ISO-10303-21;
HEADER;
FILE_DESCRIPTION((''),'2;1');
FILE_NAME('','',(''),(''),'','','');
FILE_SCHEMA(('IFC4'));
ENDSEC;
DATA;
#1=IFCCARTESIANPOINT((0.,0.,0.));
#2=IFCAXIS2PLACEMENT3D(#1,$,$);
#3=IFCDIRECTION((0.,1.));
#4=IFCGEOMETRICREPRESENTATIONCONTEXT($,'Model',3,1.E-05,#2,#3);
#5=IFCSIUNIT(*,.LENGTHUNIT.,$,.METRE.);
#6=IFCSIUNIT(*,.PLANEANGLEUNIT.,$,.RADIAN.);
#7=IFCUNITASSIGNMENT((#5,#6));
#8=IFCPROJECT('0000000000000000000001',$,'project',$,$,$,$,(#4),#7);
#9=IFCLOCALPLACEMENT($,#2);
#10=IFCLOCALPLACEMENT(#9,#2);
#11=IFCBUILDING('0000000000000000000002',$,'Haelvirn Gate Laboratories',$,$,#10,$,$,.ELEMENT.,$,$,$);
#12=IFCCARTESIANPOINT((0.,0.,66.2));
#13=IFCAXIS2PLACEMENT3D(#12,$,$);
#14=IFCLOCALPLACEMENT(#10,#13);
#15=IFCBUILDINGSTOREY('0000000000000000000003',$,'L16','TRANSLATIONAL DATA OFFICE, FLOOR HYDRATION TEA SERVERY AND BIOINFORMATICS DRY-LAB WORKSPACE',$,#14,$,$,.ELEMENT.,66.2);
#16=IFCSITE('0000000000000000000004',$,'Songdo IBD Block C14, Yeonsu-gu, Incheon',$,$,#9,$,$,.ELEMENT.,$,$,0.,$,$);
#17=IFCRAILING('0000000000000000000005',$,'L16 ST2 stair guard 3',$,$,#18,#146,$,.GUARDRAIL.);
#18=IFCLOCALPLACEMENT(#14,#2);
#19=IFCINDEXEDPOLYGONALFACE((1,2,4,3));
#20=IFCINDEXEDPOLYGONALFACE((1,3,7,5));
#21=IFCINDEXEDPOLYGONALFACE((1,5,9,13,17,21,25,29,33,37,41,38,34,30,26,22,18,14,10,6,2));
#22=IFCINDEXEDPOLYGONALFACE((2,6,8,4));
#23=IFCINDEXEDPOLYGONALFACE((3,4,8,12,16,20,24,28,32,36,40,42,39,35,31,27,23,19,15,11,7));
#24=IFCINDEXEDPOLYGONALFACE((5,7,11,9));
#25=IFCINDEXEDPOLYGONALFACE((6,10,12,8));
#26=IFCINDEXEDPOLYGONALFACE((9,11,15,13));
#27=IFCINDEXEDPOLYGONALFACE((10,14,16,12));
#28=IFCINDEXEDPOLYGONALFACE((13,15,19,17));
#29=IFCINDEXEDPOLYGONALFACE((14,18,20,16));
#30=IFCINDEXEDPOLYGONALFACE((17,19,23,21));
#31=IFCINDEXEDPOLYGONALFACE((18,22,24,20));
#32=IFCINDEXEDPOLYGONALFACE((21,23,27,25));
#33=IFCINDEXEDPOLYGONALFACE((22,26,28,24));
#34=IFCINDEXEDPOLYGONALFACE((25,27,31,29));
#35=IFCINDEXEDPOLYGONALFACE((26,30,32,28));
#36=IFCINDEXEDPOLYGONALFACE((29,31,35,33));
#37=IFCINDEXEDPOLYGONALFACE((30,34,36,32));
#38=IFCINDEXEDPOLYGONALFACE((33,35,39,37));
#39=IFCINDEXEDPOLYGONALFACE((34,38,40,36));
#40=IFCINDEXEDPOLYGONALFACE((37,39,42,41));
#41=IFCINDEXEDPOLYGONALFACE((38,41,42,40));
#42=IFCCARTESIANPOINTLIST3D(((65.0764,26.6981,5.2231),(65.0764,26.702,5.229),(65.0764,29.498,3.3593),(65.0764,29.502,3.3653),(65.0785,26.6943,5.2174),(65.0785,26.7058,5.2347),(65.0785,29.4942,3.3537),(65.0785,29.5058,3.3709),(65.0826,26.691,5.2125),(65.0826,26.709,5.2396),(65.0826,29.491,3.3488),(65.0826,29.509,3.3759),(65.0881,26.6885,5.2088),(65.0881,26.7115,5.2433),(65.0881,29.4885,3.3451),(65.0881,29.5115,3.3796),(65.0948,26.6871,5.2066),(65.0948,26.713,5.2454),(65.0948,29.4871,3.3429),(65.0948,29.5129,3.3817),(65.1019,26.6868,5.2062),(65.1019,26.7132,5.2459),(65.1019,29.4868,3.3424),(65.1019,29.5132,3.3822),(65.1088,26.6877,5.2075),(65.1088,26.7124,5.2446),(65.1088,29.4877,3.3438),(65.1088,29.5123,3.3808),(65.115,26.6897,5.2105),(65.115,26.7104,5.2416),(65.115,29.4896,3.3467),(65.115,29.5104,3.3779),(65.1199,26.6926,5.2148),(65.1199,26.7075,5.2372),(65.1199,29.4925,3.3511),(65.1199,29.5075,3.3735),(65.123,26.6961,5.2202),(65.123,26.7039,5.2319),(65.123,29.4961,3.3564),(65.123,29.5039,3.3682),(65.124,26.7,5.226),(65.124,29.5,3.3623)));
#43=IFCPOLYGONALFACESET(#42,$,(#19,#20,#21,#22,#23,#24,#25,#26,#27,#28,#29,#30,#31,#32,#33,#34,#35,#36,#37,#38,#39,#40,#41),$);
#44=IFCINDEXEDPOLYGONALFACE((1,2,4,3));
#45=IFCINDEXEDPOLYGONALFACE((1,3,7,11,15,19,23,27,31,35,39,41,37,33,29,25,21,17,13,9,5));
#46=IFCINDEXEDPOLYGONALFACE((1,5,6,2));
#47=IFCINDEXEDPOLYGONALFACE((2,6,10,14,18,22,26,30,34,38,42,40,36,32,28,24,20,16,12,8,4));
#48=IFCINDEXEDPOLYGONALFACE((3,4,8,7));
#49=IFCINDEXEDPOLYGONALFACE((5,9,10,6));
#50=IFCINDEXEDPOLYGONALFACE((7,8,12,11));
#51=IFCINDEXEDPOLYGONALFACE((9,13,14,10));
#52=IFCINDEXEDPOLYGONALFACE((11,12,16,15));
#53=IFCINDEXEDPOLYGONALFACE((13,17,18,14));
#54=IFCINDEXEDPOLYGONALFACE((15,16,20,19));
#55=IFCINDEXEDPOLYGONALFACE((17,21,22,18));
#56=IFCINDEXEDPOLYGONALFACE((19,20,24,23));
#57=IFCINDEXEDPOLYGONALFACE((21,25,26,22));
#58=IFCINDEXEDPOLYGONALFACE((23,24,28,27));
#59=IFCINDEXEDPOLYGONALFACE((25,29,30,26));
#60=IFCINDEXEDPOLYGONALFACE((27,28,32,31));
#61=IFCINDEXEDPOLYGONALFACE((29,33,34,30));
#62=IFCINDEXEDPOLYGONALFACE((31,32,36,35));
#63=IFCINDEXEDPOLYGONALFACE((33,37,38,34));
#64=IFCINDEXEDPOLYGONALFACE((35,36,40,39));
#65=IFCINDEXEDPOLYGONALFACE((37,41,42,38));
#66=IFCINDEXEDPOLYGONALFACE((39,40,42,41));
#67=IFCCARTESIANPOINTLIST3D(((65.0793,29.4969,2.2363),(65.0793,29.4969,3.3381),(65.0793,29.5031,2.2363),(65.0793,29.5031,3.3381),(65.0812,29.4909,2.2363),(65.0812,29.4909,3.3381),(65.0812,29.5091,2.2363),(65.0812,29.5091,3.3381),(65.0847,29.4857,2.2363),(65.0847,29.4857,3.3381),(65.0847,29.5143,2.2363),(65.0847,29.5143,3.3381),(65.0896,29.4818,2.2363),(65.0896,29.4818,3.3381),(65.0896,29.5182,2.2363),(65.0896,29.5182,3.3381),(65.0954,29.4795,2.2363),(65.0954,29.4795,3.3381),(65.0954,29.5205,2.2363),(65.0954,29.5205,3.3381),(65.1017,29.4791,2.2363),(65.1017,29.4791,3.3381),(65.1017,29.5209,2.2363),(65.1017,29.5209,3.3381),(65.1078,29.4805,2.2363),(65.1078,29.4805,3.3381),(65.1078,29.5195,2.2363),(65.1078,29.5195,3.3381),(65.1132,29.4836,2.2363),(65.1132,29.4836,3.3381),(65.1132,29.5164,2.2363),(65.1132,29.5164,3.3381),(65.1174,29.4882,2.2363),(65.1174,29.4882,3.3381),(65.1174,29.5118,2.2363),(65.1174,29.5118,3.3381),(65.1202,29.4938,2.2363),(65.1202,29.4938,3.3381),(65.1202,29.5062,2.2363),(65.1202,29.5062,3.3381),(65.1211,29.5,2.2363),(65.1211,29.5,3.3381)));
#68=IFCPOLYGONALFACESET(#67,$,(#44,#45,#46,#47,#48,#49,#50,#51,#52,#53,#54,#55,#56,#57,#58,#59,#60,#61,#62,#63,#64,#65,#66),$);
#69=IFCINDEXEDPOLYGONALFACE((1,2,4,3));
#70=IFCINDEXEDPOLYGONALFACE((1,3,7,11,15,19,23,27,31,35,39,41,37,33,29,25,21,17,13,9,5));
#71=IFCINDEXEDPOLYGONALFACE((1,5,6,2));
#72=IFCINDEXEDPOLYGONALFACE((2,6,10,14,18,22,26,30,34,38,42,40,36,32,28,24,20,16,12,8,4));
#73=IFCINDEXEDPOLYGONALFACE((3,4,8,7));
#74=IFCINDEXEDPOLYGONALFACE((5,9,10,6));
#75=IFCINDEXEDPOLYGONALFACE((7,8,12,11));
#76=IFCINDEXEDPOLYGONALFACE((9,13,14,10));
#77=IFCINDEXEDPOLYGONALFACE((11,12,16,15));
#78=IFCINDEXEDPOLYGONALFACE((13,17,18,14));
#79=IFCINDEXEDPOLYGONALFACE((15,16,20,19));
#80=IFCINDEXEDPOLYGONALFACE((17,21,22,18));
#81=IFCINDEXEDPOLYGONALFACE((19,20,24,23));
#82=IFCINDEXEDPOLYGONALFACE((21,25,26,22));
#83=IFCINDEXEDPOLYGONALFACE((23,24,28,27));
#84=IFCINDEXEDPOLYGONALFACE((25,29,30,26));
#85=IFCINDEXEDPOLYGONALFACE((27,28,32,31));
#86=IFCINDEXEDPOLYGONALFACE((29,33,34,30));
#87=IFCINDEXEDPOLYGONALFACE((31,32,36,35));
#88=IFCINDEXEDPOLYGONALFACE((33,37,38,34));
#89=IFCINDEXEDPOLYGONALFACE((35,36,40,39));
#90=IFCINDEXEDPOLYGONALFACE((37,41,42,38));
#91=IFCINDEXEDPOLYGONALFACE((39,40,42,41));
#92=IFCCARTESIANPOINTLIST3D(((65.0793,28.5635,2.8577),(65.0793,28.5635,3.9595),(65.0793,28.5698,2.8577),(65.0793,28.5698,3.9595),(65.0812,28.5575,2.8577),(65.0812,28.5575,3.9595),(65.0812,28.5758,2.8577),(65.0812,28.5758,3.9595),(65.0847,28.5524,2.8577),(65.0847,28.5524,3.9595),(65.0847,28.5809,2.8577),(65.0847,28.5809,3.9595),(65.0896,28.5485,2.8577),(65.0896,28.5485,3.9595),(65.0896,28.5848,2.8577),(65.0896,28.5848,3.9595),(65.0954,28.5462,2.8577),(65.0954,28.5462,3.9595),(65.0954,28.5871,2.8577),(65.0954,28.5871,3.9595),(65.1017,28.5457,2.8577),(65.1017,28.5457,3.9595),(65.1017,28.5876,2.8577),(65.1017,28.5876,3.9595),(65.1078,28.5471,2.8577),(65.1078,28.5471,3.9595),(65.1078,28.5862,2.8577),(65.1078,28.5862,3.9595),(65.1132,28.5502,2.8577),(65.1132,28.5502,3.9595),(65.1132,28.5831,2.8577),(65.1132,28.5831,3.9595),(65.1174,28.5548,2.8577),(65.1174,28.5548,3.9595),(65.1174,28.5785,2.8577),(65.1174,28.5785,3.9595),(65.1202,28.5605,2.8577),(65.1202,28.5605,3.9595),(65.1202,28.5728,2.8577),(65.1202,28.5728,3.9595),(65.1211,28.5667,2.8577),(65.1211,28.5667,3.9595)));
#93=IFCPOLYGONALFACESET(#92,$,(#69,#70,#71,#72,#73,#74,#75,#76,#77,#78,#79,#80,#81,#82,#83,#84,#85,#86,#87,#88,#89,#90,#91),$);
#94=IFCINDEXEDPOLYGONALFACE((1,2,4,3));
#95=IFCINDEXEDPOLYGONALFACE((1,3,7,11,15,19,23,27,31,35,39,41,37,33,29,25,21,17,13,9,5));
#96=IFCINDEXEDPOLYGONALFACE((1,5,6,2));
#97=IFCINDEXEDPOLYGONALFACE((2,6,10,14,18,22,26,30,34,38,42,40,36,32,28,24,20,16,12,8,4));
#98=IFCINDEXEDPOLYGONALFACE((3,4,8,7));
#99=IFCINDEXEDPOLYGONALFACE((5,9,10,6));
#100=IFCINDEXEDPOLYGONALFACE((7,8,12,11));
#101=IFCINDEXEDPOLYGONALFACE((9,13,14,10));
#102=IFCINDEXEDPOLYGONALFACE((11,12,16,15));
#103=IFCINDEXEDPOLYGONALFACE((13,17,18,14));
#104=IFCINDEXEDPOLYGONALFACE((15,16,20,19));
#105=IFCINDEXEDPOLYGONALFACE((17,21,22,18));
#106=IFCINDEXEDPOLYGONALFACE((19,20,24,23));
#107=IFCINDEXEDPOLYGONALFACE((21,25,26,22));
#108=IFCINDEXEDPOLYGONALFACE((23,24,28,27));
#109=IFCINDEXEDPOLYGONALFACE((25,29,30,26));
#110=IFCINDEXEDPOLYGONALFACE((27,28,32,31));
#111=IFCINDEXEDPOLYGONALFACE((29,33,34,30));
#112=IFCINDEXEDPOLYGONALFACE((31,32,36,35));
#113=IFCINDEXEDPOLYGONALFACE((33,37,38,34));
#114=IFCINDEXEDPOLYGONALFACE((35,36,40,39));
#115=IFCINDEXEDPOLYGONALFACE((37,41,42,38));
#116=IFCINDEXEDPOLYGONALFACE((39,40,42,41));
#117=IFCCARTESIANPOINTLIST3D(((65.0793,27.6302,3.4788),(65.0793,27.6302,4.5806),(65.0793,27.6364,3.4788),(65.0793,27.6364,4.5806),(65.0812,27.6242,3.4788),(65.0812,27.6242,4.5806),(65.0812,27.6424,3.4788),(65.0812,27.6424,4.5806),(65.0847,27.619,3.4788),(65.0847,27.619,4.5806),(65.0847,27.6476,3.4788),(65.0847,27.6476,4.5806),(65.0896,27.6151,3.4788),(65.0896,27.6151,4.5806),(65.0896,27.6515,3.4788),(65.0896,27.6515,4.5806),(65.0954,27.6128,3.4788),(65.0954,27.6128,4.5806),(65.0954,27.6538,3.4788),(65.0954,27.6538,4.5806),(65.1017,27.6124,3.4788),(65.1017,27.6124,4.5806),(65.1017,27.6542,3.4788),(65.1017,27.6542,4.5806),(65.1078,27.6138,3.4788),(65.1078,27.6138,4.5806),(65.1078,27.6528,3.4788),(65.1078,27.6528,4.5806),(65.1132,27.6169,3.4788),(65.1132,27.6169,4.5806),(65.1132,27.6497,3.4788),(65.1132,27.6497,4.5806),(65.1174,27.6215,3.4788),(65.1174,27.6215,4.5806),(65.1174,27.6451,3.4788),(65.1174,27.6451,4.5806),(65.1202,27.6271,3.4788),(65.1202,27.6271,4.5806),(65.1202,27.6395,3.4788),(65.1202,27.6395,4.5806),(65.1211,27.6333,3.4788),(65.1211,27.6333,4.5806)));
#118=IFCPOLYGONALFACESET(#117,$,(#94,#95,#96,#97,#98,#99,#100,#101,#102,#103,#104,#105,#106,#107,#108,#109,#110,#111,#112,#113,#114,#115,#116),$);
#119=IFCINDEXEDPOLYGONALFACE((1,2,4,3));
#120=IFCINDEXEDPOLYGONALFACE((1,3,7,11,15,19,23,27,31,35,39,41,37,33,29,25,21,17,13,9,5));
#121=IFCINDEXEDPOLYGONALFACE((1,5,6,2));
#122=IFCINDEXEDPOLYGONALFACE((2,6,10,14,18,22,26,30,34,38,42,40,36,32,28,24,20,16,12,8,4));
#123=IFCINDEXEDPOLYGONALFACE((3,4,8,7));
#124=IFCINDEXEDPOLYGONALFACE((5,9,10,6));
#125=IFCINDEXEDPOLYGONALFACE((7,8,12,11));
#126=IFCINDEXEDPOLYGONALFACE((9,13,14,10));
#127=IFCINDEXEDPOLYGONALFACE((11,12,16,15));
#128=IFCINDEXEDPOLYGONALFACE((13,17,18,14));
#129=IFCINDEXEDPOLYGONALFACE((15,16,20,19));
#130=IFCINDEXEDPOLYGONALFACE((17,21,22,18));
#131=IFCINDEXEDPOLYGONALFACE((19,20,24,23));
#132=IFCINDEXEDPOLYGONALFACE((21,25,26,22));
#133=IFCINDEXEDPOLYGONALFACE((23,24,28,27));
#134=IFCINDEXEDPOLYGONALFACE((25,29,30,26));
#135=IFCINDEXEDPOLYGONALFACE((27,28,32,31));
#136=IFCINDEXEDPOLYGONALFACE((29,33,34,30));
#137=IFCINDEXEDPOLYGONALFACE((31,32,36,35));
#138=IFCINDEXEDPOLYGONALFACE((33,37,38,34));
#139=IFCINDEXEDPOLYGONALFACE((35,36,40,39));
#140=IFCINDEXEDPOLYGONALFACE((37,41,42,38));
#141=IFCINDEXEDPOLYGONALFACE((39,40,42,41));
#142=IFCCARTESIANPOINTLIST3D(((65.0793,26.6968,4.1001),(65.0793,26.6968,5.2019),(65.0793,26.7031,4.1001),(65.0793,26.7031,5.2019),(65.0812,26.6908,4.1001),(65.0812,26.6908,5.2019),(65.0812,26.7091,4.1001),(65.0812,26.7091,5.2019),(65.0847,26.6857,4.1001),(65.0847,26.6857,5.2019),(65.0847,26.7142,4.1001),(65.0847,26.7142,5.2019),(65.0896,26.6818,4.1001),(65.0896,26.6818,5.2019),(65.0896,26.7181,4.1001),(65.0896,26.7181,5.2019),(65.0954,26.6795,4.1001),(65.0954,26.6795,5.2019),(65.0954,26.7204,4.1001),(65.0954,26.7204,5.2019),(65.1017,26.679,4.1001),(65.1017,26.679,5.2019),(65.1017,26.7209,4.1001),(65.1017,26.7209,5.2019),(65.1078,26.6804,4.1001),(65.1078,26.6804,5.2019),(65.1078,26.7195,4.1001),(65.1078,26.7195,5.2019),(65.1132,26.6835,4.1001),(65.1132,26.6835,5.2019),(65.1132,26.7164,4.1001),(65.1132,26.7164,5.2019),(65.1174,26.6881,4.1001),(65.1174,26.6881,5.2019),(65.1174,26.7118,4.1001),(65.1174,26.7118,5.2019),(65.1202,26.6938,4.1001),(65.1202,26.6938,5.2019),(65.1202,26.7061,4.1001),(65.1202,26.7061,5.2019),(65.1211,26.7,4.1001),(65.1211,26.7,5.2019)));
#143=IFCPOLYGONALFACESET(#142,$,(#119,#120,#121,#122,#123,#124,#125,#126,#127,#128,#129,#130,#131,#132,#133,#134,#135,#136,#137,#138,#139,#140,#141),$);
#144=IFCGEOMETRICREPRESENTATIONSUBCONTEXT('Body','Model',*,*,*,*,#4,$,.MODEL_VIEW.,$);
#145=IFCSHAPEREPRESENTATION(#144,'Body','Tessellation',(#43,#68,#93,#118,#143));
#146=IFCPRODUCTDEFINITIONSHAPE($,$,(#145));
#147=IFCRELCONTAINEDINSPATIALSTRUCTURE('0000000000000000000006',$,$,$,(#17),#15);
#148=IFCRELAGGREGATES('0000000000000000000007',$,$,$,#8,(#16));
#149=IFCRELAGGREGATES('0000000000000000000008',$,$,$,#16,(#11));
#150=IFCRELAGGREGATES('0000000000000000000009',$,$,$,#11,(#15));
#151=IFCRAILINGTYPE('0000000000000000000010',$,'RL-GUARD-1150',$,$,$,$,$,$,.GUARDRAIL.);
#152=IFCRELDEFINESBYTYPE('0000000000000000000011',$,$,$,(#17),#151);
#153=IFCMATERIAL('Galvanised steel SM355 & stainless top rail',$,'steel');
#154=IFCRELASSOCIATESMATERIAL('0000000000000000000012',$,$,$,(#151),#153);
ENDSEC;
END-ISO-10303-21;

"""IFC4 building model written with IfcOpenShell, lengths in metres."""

from ifc_helpers import new_model, si_unit, direction, frame, origin, origin_2d, place, context, subcontext, project, spatial, circle, extrude, source, transform, mapped, material, type_object, element, save


model = new_model("IFC4")

# Units and contexts
model_context = context("Model", 3, precision=1e-05, world=origin(), true_north=direction((0.0, 1.0)))
body_context = subcontext(model_context, "Body", "Model", "MODEL_VIEW")
ifc_project = project(units=[si_unit("LENGTHUNIT", "METRE"), si_unit("PLANEANGLEUNIT", "RADIAN")], contexts=[model_context])

# Site, building, storey
site_placement = place(None, origin())
site = spatial("IfcSite", under=ifc_project, at=site_placement, Name="Songdo IBD Block C14, Yeonsu-gu, Incheon", CompositionType="ELEMENT", RefElevation=0.0)
building_placement = place(site_placement, origin())
building = spatial("IfcBuilding", under=site, at=building_placement, Name="Haelvirn Gate Laboratories", CompositionType="ELEMENT")
storey_placement = place(building_placement, frame((0.0, 0.0, 66.2)))
storey = spatial("IfcBuildingStorey", under=building, at=storey_placement, Name="L16", Description="TRANSLATIONAL DATA OFFICE, FLOOR HYDRATION TEA SERVERY AND BIOINFORMATICS DRY-LAB WORKSPACE", CompositionType="ELEMENT", Elevation=66.2)

# Railing
ifc_material_1 = material(Name="Galvanised steel SM355 & stainless top rail", Category="steel")
railing_type_1 = type_object("IfcRailingType", Name="RL-GUARD-1150", PredefinedType="GUARDRAIL", material=ifc_material_1)
shared_shape_1 = source(origin(), body_context, "Body", "SweptSolid", [
    extrude(circle(Radius=0.0239, at=origin_2d()), frame((0.0, 0.0, 1.126), z_axis=(0.0, -0.832452, 0.554097), x_axis=(1.0, 0.0, 0.0)), (0.0, 0.0, 1.0), 3.3635),
    extrude(circle(Radius=0.021, at=origin_2d()), origin(), (0.0, 0.0, 1.0), 1.1018),
    extrude(circle(Radius=0.021, at=origin_2d()), frame((0.0, -0.9333, 0.6213)), (0.0, 0.0, 1.0), 1.1018),
    extrude(circle(Radius=0.021, at=origin_2d()), frame((0.0, -1.8667, 1.2424)), (0.0, 0.0, 1.0), 1.1018),
    extrude(circle(Radius=0.021, at=origin_2d()), frame((0.0, -2.8, 1.8638)), (0.0, 0.0, 1.0), 1.1018),
])
railing_1_placement = place(storey_placement, frame((65.1001, 29.5, 2.2363)))
element("IfcRailing", 1, at=railing_1_placement, inside=storey, type_object=railing_type_1, Name="L16 ST2 stair guard 3", PredefinedType="GUARDRAIL", context=body_context, shape_type="MappedRepresentation", body=[
    mapped(shared_shape_1, transform((0.0, 0.0, 0.0), scale=1.0)),
])

save(model, "model.ifc")
